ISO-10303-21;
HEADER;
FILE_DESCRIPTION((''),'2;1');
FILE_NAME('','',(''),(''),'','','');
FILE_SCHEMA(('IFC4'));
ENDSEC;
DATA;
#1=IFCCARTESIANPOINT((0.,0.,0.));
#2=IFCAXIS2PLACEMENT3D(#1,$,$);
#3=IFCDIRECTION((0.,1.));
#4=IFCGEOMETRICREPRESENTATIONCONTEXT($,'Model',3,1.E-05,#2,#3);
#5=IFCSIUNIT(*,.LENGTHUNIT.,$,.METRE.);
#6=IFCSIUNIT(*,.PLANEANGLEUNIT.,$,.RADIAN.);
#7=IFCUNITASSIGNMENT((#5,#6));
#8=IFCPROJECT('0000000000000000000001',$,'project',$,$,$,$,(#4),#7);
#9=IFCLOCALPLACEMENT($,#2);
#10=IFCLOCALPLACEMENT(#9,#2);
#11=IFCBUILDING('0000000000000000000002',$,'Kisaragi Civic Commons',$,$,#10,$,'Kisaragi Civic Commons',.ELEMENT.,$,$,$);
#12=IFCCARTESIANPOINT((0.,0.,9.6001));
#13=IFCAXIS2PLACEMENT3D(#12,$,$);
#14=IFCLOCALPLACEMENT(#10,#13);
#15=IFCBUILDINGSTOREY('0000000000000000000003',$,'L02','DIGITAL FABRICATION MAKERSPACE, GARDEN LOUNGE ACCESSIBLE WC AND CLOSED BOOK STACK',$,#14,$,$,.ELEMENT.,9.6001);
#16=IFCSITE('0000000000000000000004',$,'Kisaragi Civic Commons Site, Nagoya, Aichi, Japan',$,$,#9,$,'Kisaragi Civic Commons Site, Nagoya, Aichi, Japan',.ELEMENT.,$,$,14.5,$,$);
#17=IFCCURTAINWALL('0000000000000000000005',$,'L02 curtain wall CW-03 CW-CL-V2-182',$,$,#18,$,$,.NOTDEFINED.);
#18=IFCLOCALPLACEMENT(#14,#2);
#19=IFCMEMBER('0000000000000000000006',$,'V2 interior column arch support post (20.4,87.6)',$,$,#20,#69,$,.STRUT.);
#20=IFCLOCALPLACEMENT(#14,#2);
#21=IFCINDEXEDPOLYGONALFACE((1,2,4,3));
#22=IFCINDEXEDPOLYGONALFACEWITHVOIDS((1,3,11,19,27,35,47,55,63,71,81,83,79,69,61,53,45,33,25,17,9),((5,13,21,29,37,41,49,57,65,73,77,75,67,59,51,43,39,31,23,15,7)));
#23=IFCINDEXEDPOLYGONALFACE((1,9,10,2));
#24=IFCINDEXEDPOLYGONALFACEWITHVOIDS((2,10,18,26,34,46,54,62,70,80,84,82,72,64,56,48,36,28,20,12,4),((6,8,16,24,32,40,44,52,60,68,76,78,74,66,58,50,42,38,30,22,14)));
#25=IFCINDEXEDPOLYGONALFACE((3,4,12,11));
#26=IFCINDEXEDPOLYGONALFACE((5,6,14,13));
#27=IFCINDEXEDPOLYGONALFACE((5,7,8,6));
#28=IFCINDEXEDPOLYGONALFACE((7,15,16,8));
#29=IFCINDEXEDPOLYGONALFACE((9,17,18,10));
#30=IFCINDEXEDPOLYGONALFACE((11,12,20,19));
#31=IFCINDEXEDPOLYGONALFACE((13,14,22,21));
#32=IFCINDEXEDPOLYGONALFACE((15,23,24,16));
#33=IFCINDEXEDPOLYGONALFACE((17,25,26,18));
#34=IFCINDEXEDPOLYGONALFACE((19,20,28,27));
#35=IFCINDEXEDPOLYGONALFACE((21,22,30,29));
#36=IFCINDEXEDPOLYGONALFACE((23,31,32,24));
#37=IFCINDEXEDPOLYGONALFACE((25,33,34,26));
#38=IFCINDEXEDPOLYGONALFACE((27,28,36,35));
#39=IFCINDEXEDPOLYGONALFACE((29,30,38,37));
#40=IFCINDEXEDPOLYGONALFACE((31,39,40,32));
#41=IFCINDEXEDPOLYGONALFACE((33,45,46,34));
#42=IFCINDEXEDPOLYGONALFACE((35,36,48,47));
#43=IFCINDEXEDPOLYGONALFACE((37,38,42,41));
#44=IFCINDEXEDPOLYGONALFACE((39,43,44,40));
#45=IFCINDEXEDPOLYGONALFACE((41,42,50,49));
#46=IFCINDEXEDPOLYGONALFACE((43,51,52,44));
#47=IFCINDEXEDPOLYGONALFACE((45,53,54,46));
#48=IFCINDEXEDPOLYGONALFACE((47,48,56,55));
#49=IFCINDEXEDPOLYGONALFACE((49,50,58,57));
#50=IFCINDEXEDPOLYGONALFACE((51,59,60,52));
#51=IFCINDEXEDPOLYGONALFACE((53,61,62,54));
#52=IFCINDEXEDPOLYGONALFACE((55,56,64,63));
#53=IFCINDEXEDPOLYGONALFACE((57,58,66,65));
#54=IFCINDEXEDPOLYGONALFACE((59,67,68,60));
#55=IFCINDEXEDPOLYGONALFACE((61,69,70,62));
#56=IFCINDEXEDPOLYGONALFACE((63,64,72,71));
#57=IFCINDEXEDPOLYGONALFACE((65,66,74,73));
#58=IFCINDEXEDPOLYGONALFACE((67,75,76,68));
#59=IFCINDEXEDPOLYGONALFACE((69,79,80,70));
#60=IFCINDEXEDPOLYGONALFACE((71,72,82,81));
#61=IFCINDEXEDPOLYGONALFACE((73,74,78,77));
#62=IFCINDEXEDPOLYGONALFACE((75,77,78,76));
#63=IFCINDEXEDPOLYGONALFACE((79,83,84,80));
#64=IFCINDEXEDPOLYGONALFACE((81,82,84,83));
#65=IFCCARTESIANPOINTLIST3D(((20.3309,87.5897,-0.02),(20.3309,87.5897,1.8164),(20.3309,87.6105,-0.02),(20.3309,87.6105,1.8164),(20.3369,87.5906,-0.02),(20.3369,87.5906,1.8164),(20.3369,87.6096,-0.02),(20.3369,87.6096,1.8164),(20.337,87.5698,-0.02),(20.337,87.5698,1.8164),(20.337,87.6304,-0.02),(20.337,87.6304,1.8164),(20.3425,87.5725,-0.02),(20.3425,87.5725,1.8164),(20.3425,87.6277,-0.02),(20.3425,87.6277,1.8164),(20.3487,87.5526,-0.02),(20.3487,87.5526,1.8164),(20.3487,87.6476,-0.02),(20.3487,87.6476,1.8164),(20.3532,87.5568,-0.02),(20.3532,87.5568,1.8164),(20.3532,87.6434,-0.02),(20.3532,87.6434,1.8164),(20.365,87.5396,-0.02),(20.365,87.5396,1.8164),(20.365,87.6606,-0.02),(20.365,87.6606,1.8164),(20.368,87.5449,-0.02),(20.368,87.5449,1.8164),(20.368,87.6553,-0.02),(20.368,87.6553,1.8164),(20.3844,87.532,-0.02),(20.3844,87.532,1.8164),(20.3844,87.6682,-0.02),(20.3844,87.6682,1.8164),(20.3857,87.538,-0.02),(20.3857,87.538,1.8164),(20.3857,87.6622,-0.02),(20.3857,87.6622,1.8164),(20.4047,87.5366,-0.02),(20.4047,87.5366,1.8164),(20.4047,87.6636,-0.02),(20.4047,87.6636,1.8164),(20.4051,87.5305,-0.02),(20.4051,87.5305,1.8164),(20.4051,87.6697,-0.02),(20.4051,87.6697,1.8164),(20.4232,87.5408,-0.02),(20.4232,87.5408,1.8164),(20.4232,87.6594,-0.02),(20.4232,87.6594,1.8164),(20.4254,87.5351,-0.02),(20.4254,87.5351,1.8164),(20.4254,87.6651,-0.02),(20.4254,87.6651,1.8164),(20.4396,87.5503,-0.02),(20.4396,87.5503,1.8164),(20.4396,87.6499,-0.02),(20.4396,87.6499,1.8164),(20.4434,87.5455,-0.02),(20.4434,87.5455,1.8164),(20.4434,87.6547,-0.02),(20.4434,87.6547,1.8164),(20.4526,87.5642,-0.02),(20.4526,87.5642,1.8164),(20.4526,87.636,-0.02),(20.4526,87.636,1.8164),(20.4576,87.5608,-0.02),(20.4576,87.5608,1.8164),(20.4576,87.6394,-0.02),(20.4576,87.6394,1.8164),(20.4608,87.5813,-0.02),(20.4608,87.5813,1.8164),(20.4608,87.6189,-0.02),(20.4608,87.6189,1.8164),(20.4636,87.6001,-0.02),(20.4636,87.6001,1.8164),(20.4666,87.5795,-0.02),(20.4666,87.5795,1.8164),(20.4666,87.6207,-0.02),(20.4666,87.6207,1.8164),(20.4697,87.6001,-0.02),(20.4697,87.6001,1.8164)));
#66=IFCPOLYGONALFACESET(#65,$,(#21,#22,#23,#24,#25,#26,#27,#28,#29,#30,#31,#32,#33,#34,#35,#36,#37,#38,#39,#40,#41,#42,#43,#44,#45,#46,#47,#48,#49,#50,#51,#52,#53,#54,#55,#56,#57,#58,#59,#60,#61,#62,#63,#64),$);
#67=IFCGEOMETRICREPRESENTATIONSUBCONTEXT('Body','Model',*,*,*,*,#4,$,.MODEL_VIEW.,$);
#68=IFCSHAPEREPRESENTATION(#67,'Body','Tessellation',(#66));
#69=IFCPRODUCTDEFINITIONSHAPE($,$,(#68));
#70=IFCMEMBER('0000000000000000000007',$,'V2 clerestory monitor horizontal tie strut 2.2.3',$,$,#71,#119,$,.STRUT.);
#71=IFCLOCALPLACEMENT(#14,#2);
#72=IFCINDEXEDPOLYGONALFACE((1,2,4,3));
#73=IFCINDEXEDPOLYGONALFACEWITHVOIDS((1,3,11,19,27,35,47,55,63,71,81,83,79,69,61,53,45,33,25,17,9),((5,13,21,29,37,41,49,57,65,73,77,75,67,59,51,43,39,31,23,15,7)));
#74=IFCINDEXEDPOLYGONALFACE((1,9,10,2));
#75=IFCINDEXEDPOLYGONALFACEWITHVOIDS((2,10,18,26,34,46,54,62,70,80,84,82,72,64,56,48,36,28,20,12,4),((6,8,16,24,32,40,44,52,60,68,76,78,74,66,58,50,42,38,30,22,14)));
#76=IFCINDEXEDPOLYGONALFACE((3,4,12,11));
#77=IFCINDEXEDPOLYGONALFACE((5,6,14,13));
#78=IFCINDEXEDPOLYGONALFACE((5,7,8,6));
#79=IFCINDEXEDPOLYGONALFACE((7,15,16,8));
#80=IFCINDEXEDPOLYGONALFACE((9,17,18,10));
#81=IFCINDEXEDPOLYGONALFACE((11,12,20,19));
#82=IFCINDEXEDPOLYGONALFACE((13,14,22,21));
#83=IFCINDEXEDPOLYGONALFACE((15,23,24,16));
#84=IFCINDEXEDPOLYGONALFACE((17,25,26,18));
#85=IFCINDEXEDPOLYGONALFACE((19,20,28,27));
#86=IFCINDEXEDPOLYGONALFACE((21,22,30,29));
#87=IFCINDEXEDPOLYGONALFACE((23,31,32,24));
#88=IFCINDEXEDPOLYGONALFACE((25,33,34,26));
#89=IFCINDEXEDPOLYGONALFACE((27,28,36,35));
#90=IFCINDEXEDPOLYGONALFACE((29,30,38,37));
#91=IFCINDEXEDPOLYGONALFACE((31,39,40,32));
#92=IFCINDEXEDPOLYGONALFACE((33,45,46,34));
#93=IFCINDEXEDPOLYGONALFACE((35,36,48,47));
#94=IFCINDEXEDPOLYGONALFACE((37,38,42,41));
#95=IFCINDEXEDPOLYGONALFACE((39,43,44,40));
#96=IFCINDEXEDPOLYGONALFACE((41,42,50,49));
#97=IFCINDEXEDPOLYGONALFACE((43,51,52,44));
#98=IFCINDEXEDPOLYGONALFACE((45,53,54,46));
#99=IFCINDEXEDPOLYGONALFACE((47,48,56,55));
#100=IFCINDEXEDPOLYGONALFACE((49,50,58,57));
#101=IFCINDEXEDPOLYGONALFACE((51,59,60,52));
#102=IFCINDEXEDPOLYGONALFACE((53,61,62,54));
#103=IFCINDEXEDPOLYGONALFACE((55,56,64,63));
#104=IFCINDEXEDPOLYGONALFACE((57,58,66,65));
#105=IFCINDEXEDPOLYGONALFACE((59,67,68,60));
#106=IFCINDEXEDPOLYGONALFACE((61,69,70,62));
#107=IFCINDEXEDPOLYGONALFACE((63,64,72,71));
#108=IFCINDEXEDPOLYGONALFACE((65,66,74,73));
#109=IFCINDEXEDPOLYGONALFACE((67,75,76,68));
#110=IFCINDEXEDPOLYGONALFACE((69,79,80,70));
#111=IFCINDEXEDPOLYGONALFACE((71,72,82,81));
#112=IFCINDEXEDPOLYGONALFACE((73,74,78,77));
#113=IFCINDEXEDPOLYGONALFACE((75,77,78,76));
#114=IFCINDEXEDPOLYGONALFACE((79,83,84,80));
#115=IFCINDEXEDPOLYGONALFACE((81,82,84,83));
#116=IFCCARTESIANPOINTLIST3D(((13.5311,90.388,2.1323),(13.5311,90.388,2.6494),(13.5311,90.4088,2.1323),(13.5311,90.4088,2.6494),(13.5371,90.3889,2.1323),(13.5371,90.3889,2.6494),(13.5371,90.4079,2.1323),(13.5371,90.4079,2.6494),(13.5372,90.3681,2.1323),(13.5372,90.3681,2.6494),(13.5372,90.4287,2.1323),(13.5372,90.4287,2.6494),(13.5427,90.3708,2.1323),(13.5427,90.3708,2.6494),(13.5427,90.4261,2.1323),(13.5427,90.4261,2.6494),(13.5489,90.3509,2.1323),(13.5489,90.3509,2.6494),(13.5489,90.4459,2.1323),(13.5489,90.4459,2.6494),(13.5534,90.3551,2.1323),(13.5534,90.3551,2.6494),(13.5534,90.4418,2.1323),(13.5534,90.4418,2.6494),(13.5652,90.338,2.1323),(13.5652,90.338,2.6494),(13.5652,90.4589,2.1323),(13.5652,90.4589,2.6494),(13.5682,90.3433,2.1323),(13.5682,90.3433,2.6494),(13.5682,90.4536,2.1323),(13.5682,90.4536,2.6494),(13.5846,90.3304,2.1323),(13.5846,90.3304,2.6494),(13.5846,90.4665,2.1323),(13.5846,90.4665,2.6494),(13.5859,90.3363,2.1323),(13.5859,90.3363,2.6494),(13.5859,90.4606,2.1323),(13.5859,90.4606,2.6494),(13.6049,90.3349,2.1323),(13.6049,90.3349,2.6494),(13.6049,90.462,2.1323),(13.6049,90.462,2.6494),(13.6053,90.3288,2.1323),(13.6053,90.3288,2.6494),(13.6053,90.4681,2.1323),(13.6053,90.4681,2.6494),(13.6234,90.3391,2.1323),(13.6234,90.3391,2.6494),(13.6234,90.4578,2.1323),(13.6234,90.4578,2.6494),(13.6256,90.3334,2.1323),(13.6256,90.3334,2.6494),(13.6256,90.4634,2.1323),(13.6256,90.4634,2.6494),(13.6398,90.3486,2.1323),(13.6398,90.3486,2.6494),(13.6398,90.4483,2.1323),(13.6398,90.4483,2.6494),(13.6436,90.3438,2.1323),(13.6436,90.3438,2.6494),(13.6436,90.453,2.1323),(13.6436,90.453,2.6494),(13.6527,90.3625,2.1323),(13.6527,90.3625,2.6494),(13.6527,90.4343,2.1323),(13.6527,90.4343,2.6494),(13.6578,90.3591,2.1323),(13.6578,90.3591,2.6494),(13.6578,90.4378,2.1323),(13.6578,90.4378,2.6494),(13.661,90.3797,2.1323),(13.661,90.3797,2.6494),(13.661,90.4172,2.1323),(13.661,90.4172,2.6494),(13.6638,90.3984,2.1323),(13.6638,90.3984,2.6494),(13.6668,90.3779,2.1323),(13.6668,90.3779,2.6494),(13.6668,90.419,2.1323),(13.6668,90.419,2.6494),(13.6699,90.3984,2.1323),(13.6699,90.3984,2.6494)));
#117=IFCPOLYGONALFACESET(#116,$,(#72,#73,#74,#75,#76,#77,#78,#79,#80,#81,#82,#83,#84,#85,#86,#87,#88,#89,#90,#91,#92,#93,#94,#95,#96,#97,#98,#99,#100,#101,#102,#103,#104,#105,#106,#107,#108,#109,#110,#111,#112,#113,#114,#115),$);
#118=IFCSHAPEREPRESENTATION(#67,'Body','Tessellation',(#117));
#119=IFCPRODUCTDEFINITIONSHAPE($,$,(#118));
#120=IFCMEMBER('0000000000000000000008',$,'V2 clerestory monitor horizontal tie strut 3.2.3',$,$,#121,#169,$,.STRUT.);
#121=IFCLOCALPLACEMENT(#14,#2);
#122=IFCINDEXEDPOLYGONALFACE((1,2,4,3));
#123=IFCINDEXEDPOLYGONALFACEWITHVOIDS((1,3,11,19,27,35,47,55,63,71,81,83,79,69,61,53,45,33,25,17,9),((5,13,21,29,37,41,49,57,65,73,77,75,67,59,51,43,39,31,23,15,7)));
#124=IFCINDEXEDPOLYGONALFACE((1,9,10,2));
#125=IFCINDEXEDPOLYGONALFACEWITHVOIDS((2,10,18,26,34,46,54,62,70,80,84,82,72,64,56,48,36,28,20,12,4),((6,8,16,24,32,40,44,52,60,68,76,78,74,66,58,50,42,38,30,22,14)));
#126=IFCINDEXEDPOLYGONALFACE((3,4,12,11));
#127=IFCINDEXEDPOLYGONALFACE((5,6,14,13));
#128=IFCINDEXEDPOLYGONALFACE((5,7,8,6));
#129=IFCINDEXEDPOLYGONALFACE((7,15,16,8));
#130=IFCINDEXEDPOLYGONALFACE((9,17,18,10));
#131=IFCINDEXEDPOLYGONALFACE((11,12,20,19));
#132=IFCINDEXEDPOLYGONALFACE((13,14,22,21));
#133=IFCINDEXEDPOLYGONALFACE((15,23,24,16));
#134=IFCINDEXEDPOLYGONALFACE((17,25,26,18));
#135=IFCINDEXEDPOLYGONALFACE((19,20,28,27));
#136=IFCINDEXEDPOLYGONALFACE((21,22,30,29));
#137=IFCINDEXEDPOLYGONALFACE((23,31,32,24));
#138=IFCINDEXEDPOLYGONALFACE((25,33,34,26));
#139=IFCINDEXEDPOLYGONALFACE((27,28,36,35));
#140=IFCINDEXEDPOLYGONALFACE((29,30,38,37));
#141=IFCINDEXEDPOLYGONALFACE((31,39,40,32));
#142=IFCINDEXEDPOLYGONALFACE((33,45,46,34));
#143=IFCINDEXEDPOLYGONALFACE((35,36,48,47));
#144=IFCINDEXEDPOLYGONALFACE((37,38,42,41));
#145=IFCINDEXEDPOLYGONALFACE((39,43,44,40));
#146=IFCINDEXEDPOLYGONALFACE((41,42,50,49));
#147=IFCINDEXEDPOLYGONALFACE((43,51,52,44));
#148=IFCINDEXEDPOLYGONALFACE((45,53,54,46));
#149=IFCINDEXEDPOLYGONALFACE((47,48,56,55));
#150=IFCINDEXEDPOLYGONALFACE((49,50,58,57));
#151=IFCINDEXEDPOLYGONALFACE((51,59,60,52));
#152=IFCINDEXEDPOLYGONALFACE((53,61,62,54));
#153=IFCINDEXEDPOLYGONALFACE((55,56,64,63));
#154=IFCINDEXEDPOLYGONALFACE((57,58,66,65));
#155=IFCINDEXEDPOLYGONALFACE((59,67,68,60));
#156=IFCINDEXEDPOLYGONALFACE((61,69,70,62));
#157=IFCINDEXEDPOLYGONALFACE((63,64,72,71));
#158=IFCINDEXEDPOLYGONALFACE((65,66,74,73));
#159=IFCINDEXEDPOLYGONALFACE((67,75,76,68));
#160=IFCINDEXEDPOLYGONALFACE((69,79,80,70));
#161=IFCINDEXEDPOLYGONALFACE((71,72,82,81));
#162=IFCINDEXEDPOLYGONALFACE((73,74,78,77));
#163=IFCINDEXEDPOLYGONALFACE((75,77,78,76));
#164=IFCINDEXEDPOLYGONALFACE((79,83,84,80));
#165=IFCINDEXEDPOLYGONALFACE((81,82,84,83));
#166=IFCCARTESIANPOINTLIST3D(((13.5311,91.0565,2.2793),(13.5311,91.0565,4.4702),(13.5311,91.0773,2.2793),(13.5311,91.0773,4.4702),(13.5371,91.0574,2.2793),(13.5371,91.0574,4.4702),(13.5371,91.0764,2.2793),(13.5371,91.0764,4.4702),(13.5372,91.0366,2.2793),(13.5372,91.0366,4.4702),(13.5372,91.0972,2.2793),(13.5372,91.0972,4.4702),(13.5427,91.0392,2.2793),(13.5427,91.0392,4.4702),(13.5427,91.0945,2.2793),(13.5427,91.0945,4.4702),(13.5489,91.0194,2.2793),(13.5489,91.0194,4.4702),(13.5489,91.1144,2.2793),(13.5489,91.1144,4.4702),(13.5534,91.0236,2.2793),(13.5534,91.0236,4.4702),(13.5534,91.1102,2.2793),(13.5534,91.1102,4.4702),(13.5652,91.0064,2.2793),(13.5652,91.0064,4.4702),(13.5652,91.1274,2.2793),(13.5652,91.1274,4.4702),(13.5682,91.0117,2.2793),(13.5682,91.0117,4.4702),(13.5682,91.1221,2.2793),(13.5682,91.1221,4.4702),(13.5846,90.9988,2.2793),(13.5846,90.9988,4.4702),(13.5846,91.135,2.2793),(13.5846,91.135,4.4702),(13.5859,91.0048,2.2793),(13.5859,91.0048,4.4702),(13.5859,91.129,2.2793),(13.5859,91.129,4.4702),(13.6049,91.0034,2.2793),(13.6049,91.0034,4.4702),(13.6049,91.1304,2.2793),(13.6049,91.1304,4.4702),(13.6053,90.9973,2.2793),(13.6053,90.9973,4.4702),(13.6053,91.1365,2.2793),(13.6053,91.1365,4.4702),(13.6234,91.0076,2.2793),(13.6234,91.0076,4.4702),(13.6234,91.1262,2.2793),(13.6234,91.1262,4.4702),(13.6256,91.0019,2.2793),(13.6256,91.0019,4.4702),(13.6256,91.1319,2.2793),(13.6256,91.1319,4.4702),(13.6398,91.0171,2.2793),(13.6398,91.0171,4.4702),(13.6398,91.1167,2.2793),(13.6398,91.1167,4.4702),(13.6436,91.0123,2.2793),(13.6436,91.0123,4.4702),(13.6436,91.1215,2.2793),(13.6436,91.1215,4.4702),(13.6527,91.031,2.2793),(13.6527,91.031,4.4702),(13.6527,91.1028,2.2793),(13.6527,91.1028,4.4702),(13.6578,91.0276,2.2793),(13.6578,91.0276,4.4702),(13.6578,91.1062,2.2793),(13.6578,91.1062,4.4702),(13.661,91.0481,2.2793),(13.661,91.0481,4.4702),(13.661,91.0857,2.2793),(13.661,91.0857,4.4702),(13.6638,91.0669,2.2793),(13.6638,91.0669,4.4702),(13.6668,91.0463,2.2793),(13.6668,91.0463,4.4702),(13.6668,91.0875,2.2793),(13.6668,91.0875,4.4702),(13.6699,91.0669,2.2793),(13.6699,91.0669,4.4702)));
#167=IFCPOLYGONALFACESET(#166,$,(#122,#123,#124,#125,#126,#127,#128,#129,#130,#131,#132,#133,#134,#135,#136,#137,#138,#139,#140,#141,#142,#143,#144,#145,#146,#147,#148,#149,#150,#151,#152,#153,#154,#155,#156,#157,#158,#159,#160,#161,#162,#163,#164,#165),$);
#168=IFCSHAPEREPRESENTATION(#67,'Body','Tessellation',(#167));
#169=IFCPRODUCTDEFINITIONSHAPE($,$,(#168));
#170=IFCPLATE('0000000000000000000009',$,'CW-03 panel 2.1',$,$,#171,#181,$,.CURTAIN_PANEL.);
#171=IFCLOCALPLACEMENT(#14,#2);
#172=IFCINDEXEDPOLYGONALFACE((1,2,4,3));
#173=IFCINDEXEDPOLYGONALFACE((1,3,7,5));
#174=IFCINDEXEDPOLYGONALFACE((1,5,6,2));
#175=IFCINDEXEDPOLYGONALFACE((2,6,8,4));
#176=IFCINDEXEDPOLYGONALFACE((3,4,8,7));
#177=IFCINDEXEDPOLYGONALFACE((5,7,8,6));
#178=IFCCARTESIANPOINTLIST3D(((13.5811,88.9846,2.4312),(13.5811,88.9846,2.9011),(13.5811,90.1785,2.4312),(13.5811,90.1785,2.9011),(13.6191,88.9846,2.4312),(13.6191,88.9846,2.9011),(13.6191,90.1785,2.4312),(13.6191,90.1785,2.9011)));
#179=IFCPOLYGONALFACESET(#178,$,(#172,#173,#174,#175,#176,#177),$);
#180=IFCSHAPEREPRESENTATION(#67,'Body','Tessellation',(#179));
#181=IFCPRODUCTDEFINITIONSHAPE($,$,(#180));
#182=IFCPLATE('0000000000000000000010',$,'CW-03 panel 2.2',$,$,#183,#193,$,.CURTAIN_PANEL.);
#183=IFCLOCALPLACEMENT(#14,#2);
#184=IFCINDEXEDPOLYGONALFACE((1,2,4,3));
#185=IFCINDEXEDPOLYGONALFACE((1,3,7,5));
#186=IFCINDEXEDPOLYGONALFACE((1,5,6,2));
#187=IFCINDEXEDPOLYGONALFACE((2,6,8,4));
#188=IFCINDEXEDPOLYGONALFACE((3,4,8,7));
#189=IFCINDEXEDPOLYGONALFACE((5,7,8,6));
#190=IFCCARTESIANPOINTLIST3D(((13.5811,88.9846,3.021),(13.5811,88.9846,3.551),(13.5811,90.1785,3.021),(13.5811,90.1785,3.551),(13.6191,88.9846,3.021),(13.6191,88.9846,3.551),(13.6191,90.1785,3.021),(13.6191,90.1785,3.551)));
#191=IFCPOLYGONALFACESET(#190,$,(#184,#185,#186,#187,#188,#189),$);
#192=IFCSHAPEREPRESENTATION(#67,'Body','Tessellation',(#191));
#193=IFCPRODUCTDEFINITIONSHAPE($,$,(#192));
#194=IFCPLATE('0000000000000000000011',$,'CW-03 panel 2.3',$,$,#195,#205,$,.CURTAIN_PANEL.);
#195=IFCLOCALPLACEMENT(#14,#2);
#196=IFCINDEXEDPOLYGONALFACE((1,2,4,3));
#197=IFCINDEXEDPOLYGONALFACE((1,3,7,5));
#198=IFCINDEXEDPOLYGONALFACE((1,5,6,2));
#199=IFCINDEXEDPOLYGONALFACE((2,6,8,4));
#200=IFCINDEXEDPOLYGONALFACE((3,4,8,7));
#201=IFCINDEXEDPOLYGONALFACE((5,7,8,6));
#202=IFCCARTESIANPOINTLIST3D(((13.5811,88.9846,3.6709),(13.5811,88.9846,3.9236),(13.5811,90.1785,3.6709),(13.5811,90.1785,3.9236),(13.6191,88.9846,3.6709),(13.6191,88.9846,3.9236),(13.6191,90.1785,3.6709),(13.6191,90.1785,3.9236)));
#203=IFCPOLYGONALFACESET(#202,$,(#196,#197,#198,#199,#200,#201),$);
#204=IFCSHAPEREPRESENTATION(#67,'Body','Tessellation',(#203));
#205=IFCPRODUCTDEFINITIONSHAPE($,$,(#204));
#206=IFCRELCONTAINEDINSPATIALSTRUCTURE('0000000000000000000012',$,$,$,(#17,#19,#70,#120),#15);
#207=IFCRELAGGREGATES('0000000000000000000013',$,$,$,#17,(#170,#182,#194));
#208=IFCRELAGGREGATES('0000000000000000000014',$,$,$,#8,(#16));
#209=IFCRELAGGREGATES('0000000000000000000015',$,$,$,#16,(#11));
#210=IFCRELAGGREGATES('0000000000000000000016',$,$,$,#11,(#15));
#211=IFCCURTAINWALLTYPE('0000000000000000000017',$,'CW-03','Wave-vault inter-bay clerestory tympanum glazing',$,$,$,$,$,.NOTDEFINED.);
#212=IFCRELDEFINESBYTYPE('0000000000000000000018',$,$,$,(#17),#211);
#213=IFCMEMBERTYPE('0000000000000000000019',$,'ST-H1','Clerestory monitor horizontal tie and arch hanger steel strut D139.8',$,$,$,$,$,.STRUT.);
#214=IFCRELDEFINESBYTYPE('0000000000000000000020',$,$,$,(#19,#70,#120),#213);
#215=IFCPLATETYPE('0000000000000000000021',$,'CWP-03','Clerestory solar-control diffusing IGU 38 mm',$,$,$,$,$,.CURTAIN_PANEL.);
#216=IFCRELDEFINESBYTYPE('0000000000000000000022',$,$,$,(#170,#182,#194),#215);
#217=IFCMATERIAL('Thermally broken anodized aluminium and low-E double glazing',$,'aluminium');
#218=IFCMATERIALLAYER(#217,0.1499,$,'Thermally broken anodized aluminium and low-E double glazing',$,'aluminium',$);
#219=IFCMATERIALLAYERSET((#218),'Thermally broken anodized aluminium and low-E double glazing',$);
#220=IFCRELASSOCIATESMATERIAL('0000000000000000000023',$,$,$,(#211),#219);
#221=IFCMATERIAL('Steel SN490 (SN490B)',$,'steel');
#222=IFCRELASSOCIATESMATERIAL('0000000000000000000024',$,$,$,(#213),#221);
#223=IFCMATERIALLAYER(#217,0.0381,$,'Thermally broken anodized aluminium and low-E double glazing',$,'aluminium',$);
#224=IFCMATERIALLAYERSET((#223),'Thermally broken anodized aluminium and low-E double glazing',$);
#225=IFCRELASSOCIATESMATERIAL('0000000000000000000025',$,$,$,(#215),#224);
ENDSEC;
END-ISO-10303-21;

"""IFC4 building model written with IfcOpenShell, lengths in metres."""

from ifc_helpers import new_model, si_unit, direction, frame, origin, origin_2d, place, context, subcontext, project, spatial, rectangle, hollow_circle, extrude, material, layer, layer_set, material_profile, profile_set, type_object, element, aggregate, save


model = new_model("IFC4")

# Units and contexts
model_context = context("Model", 3, precision=1e-05, world=origin(), true_north=direction((0.0, 1.0)))
body_context = subcontext(model_context, "Body", "Model", "MODEL_VIEW")
ifc_project = project(units=[si_unit("LENGTHUNIT", "METRE"), si_unit("PLANEANGLEUNIT", "RADIAN")], contexts=[model_context])

# Site, building, storey
site_placement = place(None, origin())
site = spatial("IfcSite", under=ifc_project, at=site_placement, Name="Kisaragi Civic Commons Site, Nagoya, Aichi, Japan", LongName="Kisaragi Civic Commons Site, Nagoya, Aichi, Japan", CompositionType="ELEMENT", RefElevation=14.5)
building_placement = place(site_placement, origin())
building = spatial("IfcBuilding", under=site, at=building_placement, Name="Kisaragi Civic Commons", LongName="Kisaragi Civic Commons", CompositionType="ELEMENT")
storey_placement = place(building_placement, frame((0.0, 0.0, 9.6001)))
storey = spatial("IfcBuildingStorey", under=building, at=storey_placement, Name="L02", Description="DIGITAL FABRICATION MAKERSPACE, GARDEN LOUNGE ACCESSIBLE WC AND CLOSED BOOK STACK", CompositionType="ELEMENT", Elevation=9.6001)

# Curtain wall
ifc_material_1 = material(Name="Thermally broken anodized aluminium and low-E double glazing", Category="aluminium")
ifc_layer_1 = layer(ifc_material_1, 0.1499, Name="Thermally broken anodized aluminium and low-E double glazing", Category="aluminium")
ifc_layer_set_1 = layer_set([ifc_layer_1], Name="Thermally broken anodized aluminium and low-E double glazing")
curtain_wall_type = type_object("IfcCurtainWallType", Name="CW-03", Description="Wave-vault inter-bay clerestory tympanum glazing", PredefinedType="NOTDEFINED", material=ifc_layer_set_1)
curtain_wall_1_placement = place(storey_placement, origin())
curtain_wall_1 = element("IfcCurtainWall", 1, at=curtain_wall_1_placement, inside=storey, type_object=curtain_wall_type, Name="L02 curtain wall CW-03 CW-CL-V2-182", PredefinedType="NOTDEFINED")

# Members
ifc_material_2 = material(Name="Steel SN490 (SN490B)", Category="steel")
ifc_material_profile_1 = material_profile(ifc_material_2, hollow_circle(Radius=0.0698, WallThickness=0.0061, at=origin_2d()), Name="CHS-139.8x6.0", Category="steel")
ifc_profile_set_1 = profile_set([ifc_material_profile_1], Name="Steel SN490 (SN490B)")
member_type_1 = type_object("IfcMemberType", Name="ST-H1", Description="Clerestory monitor horizontal tie and arch hanger steel strut D139.8", PredefinedType="STRUT", material=ifc_profile_set_1)
member_1_placement = place(storey_placement, frame((20.3999, 87.6001, -0.02), z_axis=(0.0, 0.0, 1.0), x_axis=(1.0, 0.0, 0.0)))
element("IfcMember", 2, at=member_1_placement, inside=storey, type_object=member_type_1, Name="V2 interior column arch support post (20.4,87.6)", PredefinedType="STRUT", context=body_context, shape_type="SweptSolid", body=[
    extrude(hollow_circle(Radius=0.0698, WallThickness=0.0061, at=origin_2d()), origin(), (0.0, 0.0, 1.0), 1.8364),
])
member_2_placement = place(storey_placement, frame((13.6001, 90.3984, 2.1323), z_axis=(0.0, 0.0, 1.0), x_axis=(1.0, 0.0, 0.0)))
element("IfcMember", 3, at=member_2_placement, inside=storey, type_object=member_type_1, Name="V2 clerestory monitor horizontal tie strut 2.2.3", PredefinedType="STRUT", context=body_context, shape_type="SweptSolid", body=[
    extrude(hollow_circle(Radius=0.0698, WallThickness=0.0061, at=origin_2d()), origin(), (0.0, 0.0, 1.0), 0.5171),
])
member_3_placement = place(storey_placement, frame((13.6001, 91.0669, 2.2793), z_axis=(0.0, 0.0, 1.0), x_axis=(1.0, 0.0, 0.0)))
element("IfcMember", 4, at=member_3_placement, inside=storey, type_object=member_type_1, Name="V2 clerestory monitor horizontal tie strut 3.2.3", PredefinedType="STRUT", context=body_context, shape_type="SweptSolid", body=[
    extrude(hollow_circle(Radius=0.0698, WallThickness=0.0061, at=origin_2d()), origin(), (0.0, 0.0, 1.0), 2.1909),
])

# Plates
ifc_layer_2 = layer(ifc_material_1, 0.0381, Name="Thermally broken anodized aluminium and low-E double glazing", Category="aluminium")
ifc_layer_set_2 = layer_set([ifc_layer_2], Name="Thermally broken anodized aluminium and low-E double glazing")
plate_type_1 = type_object("IfcPlateType", Name="CWP-03", Description="Clerestory solar-control diffusing IGU 38 mm", PredefinedType="CURTAIN_PANEL", material=ifc_layer_set_2)
plate_1_placement = place(storey_placement, frame((13.6001, 89.5815, 2.4312), z_axis=(0.0, 0.0, 1.0), x_axis=(0.0, 1.0, 0.0)))
plate_1 = element("IfcPlate", 5, at=plate_1_placement, type_object=plate_type_1, Name="CW-03 panel 2.1", PredefinedType="CURTAIN_PANEL", context=body_context, shape_type="SweptSolid", body=[
    extrude(rectangle(XDim=1.1938, YDim=0.0381, at=origin_2d()), origin(), (0.0, 0.0, 1.0), 0.47),
])
plate_2_placement = place(storey_placement, frame((13.6001, 89.5815, 3.021), z_axis=(0.0, 0.0, 1.0), x_axis=(0.0, 1.0, 0.0)))
plate_2 = element("IfcPlate", 6, at=plate_2_placement, type_object=plate_type_1, Name="CW-03 panel 2.2", PredefinedType="CURTAIN_PANEL", context=body_context, shape_type="SweptSolid", body=[
    extrude(rectangle(XDim=1.1938, YDim=0.0381, at=origin_2d()), origin(), (0.0, 0.0, 1.0), 0.53),
])
plate_3_placement = place(storey_placement, frame((13.6001, 89.5815, 3.6709), z_axis=(0.0, 0.0, 1.0), x_axis=(0.0, 1.0, 0.0)))
plate_3 = element("IfcPlate", 7, at=plate_3_placement, type_object=plate_type_1, Name="CW-03 panel 2.3", PredefinedType="CURTAIN_PANEL", context=body_context, shape_type="SweptSolid", body=[
    extrude(rectangle(XDim=1.1938, YDim=0.0381, at=origin_2d()), origin(), (0.0, 0.0, 1.0), 0.2527),
])
aggregate(curtain_wall_1, [plate_1, plate_2, plate_3])

save(model, "model.ifc")
